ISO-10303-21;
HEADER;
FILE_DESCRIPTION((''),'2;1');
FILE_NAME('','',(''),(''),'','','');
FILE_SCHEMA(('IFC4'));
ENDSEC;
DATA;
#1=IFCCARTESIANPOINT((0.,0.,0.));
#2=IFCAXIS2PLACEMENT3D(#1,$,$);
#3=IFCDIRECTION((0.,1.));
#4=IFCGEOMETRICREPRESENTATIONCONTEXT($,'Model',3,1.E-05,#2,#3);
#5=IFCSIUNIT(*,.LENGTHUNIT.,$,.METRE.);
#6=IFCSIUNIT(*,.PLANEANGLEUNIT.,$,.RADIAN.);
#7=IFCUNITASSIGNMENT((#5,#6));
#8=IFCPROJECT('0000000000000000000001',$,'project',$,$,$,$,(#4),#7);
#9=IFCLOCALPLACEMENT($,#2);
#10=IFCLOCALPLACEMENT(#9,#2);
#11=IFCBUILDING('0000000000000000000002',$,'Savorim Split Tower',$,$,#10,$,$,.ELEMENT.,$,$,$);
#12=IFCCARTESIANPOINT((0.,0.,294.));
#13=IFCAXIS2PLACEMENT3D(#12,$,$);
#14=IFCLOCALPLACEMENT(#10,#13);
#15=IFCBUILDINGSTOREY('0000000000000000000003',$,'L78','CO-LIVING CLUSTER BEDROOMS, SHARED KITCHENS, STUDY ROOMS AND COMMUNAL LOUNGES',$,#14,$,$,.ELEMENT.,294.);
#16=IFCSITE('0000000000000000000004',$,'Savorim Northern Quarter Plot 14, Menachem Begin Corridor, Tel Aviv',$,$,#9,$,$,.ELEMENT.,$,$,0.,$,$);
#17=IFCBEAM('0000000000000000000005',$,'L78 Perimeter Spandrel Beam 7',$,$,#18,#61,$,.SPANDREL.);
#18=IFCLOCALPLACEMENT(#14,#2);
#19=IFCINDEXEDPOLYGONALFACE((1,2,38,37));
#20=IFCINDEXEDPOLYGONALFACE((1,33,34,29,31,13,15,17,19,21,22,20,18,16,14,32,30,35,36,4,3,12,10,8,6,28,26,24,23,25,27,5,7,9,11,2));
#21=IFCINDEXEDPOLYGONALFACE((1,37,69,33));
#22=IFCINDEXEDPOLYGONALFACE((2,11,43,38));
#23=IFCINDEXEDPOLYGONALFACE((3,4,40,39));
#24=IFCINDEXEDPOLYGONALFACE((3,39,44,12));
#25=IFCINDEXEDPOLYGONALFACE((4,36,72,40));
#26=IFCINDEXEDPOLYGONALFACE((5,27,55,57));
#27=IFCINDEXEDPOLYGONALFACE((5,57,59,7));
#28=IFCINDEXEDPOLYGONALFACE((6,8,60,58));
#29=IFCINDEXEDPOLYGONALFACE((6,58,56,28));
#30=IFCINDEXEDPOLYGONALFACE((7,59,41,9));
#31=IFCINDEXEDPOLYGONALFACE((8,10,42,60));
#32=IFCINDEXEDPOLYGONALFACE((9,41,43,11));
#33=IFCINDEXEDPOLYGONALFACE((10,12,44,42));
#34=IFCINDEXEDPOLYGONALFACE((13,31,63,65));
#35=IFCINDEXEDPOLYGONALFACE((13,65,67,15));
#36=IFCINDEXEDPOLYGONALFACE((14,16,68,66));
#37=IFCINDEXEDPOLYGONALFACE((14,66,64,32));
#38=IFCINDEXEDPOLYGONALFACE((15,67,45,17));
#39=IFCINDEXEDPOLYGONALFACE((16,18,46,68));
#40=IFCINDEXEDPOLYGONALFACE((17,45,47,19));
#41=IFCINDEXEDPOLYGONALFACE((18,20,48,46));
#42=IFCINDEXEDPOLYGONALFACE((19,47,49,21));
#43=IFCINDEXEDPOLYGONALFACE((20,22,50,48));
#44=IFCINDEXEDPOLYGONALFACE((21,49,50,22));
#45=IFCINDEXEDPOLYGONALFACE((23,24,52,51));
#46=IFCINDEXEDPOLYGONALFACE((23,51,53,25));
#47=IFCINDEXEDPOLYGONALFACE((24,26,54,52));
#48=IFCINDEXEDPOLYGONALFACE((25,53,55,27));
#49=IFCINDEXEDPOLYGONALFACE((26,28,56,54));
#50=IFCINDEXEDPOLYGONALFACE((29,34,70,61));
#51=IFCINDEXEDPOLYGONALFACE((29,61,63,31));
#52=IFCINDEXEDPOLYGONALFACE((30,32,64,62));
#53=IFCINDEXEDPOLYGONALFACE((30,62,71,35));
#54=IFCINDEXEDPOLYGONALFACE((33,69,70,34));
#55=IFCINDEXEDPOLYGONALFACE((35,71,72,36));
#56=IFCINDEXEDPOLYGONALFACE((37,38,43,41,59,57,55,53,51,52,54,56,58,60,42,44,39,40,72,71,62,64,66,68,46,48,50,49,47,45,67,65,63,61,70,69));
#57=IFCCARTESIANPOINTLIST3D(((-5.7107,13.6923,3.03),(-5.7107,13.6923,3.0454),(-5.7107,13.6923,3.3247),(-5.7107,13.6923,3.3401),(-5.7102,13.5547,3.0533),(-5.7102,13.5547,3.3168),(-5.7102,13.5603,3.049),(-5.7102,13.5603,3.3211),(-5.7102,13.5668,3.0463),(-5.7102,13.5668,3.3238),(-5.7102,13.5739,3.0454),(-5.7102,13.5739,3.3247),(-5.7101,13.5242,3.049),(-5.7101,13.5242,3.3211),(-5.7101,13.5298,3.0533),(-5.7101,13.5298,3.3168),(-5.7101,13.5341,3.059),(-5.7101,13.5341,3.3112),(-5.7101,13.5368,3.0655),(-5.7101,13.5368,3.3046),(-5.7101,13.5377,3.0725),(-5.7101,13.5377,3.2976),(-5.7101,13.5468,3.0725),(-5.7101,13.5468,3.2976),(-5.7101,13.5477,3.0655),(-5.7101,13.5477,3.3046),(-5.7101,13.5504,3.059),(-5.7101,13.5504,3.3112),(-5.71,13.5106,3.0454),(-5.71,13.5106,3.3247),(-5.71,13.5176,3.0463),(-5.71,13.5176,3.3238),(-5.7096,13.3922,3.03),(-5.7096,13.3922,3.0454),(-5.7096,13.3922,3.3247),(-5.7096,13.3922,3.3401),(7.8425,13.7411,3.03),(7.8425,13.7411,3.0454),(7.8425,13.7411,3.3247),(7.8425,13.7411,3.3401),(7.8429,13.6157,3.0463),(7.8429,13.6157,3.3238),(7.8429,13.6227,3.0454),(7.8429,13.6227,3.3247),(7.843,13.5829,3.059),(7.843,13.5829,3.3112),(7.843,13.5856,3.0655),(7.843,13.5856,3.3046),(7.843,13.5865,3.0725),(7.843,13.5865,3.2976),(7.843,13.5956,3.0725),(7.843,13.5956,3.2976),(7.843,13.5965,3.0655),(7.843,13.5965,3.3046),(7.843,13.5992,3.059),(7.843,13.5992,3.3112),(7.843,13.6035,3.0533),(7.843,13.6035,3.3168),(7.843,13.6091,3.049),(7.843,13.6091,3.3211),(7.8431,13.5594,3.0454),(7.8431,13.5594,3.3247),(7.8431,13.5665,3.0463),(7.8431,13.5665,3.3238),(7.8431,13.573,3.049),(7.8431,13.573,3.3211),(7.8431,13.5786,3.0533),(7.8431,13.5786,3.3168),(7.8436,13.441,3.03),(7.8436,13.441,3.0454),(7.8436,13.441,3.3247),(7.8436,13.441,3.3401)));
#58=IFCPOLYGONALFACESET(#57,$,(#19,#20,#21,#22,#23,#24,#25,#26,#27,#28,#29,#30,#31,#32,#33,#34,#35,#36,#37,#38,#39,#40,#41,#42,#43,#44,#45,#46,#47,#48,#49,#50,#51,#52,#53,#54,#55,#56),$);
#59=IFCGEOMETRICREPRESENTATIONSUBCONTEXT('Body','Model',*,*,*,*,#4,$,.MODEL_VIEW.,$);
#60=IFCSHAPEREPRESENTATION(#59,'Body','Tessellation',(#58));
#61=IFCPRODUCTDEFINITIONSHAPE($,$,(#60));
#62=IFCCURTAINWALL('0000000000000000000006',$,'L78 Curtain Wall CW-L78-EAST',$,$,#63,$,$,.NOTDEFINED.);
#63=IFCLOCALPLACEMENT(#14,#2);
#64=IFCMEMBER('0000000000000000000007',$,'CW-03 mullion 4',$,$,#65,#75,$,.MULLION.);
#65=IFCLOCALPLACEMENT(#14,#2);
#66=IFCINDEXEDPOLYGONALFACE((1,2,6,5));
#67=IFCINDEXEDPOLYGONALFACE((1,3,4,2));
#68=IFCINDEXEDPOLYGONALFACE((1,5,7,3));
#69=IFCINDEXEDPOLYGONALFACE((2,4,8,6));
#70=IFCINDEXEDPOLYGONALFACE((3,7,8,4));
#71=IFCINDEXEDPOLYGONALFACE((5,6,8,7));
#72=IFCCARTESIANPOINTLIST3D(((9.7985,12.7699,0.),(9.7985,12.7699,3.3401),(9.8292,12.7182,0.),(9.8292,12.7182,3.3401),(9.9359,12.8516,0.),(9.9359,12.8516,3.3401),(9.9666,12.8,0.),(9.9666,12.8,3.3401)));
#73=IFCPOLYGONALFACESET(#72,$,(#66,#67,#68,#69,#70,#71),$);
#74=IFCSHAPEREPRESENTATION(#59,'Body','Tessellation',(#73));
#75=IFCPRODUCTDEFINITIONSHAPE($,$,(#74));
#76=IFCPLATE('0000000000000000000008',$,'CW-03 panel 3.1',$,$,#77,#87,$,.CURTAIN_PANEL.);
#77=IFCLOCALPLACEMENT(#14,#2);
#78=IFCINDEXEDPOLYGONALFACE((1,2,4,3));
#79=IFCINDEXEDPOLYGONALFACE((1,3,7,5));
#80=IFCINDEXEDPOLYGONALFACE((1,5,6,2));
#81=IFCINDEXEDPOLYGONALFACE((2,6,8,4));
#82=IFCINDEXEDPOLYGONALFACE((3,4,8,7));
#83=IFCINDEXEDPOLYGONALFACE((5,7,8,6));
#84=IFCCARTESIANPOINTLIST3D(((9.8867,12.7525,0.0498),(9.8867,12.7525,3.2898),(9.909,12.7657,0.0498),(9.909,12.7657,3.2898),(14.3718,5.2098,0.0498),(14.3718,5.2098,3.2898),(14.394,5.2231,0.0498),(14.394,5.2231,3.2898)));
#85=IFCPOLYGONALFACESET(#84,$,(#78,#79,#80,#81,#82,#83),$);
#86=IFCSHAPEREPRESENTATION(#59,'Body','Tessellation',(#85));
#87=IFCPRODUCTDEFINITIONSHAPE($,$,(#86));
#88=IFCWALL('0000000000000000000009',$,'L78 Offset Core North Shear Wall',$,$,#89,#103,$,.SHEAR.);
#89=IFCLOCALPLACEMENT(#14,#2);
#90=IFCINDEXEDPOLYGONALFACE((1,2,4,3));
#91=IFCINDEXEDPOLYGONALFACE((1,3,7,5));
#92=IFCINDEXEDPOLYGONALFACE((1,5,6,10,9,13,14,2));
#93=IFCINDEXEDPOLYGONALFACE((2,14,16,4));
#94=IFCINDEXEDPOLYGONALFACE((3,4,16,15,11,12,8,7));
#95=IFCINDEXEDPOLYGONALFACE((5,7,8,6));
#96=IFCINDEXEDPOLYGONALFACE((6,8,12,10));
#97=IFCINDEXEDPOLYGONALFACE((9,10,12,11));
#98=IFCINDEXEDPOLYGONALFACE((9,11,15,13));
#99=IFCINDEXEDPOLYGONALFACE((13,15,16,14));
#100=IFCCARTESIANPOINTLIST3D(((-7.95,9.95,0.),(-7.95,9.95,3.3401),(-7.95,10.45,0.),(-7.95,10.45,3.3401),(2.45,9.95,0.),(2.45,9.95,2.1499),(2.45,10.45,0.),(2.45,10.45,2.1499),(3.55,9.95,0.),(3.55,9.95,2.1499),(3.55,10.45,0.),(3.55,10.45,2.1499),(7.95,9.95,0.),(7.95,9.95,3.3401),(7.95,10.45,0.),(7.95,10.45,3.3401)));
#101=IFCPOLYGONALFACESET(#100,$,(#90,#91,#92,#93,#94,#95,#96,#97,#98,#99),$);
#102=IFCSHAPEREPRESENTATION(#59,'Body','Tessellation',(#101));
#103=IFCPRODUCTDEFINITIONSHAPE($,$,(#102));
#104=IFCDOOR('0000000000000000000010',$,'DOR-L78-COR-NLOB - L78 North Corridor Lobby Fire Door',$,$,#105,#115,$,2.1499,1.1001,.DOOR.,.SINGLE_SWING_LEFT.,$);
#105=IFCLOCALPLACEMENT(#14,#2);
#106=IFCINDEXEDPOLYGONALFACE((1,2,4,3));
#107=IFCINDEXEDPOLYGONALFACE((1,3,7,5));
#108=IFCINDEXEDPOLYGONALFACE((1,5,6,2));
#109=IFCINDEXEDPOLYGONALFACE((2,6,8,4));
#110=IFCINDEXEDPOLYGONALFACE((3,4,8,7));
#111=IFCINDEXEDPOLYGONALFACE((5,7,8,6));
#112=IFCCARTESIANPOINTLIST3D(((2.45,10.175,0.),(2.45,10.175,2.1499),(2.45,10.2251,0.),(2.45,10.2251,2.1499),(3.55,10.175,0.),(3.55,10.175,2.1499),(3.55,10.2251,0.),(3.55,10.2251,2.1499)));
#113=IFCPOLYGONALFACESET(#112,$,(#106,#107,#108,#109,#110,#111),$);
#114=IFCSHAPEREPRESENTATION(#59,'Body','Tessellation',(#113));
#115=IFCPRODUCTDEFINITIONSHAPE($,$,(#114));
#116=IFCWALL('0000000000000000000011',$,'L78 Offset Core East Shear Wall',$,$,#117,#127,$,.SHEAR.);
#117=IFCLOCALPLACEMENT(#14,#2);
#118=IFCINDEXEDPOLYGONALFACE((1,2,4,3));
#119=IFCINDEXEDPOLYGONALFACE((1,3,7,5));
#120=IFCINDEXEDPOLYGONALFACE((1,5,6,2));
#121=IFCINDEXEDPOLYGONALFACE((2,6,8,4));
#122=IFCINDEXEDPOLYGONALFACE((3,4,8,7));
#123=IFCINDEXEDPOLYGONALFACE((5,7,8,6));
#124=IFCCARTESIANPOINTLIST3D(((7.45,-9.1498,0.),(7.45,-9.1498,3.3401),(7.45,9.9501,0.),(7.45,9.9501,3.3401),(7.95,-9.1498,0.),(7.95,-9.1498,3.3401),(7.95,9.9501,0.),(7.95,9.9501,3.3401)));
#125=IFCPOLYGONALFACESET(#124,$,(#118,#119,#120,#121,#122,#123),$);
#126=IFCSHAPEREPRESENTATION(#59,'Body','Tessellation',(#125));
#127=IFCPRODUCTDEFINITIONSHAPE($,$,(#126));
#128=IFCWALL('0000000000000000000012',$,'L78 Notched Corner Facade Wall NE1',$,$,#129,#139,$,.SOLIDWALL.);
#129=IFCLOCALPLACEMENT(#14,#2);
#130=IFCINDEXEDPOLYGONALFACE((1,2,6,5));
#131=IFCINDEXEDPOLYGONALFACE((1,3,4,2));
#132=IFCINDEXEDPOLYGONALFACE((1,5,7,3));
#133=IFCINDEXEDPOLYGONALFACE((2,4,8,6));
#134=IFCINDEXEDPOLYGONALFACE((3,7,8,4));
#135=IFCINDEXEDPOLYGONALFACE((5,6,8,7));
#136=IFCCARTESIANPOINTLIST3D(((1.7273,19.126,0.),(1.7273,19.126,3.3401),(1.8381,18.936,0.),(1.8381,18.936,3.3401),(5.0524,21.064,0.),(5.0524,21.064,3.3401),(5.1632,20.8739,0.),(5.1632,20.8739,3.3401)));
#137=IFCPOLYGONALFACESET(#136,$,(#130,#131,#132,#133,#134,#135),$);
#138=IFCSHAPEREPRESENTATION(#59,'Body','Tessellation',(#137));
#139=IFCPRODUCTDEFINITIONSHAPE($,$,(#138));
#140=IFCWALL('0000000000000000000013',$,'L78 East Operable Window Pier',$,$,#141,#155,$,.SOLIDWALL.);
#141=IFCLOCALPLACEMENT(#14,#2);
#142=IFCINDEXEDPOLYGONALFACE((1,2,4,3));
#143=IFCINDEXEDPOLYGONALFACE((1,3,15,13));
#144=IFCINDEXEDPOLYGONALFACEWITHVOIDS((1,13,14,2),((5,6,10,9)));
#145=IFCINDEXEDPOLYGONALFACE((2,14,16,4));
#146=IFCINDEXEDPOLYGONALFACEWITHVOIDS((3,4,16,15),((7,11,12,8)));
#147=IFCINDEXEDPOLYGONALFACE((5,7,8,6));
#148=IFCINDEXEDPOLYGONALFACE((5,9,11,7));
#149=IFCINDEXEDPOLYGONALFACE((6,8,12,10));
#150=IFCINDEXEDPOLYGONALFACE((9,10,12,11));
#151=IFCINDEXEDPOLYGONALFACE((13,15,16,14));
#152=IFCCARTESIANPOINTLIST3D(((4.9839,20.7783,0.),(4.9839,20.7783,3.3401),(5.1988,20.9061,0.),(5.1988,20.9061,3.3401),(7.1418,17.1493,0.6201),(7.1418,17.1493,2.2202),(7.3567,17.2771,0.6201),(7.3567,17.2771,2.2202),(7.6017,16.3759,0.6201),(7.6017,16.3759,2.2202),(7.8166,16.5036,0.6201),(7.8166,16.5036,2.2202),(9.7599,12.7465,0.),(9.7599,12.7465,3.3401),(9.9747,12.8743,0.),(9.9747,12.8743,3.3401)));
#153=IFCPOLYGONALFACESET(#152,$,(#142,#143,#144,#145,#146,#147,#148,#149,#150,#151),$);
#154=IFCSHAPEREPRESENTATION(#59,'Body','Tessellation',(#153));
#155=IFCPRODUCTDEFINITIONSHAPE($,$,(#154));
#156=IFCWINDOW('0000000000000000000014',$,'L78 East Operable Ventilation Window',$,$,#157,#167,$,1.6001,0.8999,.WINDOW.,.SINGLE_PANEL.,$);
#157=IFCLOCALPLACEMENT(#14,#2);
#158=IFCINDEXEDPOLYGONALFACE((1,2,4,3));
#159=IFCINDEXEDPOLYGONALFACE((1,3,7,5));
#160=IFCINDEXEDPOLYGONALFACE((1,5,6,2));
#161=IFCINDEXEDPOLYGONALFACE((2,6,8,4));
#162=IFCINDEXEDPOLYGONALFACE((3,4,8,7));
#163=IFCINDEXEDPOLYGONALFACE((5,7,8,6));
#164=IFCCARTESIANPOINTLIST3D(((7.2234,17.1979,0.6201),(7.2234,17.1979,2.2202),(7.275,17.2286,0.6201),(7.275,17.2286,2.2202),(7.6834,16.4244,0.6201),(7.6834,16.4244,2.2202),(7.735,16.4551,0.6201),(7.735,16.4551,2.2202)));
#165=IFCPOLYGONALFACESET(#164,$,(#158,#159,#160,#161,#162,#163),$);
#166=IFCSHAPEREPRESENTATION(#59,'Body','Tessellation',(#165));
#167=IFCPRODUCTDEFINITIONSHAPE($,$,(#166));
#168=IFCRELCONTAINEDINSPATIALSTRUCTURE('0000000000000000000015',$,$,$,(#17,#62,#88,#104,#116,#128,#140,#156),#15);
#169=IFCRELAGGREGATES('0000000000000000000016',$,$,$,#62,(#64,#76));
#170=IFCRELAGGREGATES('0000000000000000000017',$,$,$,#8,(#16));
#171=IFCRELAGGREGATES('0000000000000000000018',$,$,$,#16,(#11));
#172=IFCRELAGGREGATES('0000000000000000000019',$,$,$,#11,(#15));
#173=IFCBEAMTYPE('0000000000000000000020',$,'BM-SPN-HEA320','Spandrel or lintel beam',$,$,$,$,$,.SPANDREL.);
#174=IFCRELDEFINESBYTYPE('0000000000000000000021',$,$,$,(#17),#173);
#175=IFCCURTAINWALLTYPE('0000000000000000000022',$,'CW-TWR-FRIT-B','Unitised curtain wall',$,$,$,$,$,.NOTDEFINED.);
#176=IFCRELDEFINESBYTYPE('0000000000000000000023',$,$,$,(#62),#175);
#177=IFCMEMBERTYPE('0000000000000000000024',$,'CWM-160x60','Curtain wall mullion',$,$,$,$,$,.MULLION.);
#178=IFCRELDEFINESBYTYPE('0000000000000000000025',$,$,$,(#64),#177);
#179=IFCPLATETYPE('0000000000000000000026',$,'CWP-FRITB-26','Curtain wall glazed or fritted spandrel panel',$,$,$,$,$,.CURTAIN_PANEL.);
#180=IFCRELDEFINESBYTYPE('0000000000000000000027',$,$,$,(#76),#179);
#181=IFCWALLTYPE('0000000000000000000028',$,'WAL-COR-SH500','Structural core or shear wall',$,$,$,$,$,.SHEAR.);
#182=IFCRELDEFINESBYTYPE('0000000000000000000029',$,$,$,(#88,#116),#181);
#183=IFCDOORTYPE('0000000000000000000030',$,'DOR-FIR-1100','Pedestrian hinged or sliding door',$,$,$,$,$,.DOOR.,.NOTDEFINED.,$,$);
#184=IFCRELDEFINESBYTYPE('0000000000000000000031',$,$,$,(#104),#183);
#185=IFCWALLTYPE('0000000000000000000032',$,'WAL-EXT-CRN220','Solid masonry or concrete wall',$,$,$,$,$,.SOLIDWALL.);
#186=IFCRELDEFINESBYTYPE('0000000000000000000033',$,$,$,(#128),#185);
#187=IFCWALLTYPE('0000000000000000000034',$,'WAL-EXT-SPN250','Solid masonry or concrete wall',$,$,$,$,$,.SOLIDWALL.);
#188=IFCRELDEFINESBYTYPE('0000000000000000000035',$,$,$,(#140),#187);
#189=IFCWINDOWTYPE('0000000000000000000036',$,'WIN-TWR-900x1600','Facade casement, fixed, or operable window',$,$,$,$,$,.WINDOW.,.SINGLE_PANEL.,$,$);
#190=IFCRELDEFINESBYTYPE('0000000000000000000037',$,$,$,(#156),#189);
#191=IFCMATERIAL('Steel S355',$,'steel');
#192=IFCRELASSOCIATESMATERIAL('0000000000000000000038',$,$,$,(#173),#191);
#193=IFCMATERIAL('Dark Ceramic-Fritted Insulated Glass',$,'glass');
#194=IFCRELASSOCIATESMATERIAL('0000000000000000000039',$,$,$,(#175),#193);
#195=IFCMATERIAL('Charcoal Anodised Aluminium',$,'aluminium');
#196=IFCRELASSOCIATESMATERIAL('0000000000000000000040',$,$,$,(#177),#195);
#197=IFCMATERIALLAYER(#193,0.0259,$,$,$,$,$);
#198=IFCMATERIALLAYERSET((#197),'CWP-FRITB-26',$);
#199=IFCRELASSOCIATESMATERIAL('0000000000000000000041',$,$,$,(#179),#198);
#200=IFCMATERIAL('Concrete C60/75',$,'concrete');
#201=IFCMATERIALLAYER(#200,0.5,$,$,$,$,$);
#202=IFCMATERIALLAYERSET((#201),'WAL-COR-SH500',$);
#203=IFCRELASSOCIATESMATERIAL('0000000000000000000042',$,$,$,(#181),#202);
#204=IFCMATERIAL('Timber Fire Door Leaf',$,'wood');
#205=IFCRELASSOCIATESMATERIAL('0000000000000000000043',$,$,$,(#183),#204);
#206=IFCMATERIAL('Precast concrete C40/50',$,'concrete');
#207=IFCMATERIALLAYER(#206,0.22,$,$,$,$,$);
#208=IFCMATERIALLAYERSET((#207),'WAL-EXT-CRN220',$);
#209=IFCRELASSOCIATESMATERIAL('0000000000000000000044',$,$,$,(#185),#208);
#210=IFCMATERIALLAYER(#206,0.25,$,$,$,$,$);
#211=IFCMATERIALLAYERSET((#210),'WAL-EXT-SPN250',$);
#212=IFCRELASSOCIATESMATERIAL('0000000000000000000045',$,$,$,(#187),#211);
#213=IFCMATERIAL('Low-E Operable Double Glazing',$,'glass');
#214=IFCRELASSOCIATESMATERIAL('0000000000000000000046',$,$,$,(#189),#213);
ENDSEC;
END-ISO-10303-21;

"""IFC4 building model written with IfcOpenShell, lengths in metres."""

from ifc_helpers import new_model, si_unit, direction, frame, frame_2d, origin, origin_2d, place, context, subcontext, project, spatial, rectangle, i_section, extrude, material, layer, layer_set, material_profile, profile_set, type_object, element, fill, aggregate, save


model = new_model("IFC4")

# Units and contexts
model_context = context("Model", 3, precision=1e-05, world=origin(), true_north=direction((0.0, 1.0)))
body_context = subcontext(model_context, "Body", "Model", "MODEL_VIEW")
ifc_project = project(units=[si_unit("LENGTHUNIT", "METRE"), si_unit("PLANEANGLEUNIT", "RADIAN")], contexts=[model_context])

# Site, building, storey
site_placement = place(None, origin())
site = spatial("IfcSite", under=ifc_project, at=site_placement, Name="Savorim Northern Quarter Plot 14, Menachem Begin Corridor, Tel Aviv", CompositionType="ELEMENT", RefElevation=0.0)
building_placement = place(site_placement, origin())
building = spatial("IfcBuilding", under=site, at=building_placement, Name="Savorim Split Tower", CompositionType="ELEMENT")
storey_placement = place(building_placement, frame((0.0, 0.0, 294.0)))
storey = spatial("IfcBuildingStorey", under=building, at=storey_placement, Name="L78", Description="CO-LIVING CLUSTER BEDROOMS, SHARED KITCHENS, STUDY ROOMS AND COMMUNAL LOUNGES", CompositionType="ELEMENT", Elevation=294.0)

# Shared definitions
ifc_material_1 = material(Name="Steel S355", Category="steel")

# Beam
ifc_material_profile_1 = material_profile(ifc_material_1, i_section(OverallWidth=0.3, OverallDepth=0.3101, WebThickness=0.009, FlangeThickness=0.0154, FilletRadius=0.0271, at=origin_2d()), Name="HEA 320")
ifc_profile_set_1 = profile_set([ifc_material_profile_1], Name="Steel S355")
beam_type_1 = type_object("IfcBeamType", Name="BM-SPN-HEA320", Description="Spandrel or lintel beam", PredefinedType="SPANDREL", material=ifc_profile_set_1)
beam_1_placement = place(storey_placement, frame((7.843, 13.5911, 3.1851), z_axis=(-0.999994, -0.003603, 0.0), x_axis=(0.003603, -0.999994, 0.0)))
element("IfcBeam", 1, at=beam_1_placement, inside=storey, type_object=beam_type_1, Name="L78 Perimeter Spandrel Beam 7", PredefinedType="SPANDREL", context=body_context, shape_type="SweptSolid", body=[
    extrude(i_section(OverallWidth=0.3, OverallDepth=0.3101, WebThickness=0.009, FlangeThickness=0.0154, FilletRadius=0.0271, at=origin_2d()), origin(), (0.0, 0.0, 1.0), 13.5532),
])

# Curtain wall, member, plate
ifc_material_2 = material(Name="Dark Ceramic-Fritted Insulated Glass", Category="glass")
curtain_wall_type = type_object("IfcCurtainWallType", Name="CW-TWR-FRIT-B", Description="Unitised curtain wall", PredefinedType="NOTDEFINED", material=ifc_material_2)
curtain_wall_placement = place(storey_placement, origin())
curtain_wall = element("IfcCurtainWall", 2, at=curtain_wall_placement, inside=storey, type_object=curtain_wall_type, Name="L78 Curtain Wall CW-L78-EAST", PredefinedType="NOTDEFINED")
ifc_material_3 = material(Name="Charcoal Anodised Aluminium", Category="aluminium")
ifc_material_profile_2 = material_profile(ifc_material_3, rectangle(XDim=0.1599, YDim=0.0601, at=origin_2d()), Name="ALU-M 160x60")
ifc_profile_set_2 = profile_set([ifc_material_profile_2], Name="Charcoal Anodised Aluminium")
member_type = type_object("IfcMemberType", Name="CWM-160x60", Description="Curtain wall mullion", PredefinedType="MULLION", material=ifc_profile_set_2)
member_placement = place(storey_placement, frame((9.8826, 12.7849, 0.0), z_axis=(0.0, 0.0, 1.0), x_axis=(-0.859526, -0.511092, 0.0)))
member = element("IfcMember", 3, at=member_placement, type_object=member_type, Name="CW-03 mullion 4", PredefinedType="MULLION", context=body_context, shape_type="SweptSolid", body=[
    extrude(rectangle(XDim=0.1599, YDim=0.0601, at=origin_2d()), origin(), (0.0, 0.0, 1.0), 3.3401),
])
ifc_layer_1 = layer(ifc_material_2, 0.0259)
ifc_layer_set_1 = layer_set([ifc_layer_1], Name="CWP-FRITB-26")
plate_type = type_object("IfcPlateType", Name="CWP-FRITB-26", Description="Curtain wall glazed or fritted spandrel panel", PredefinedType="CURTAIN_PANEL", material=ifc_layer_set_1)
plate_placement = place(storey_placement, frame((12.1404, 8.9878, 0.0498), z_axis=(0.0, 0.0, 1.0), x_axis=(-0.511092, 0.859526, 0.0)))
plate = element("IfcPlate", 4, at=plate_placement, type_object=plate_type, Name="CW-03 panel 3.1", PredefinedType="CURTAIN_PANEL", context=body_context, shape_type="SweptSolid", body=[
    extrude(rectangle(XDim=8.7754, YDim=0.0259, at=origin_2d()), origin(), (0.0, 0.0, 1.0), 3.24),
])
aggregate(curtain_wall, [member, plate])

# Wall, opening, door
ifc_material_4 = material(Name="Concrete C60/75", Category="concrete")
ifc_layer_2 = layer(ifc_material_4, 0.5)
ifc_layer_set_2 = layer_set([ifc_layer_2], Name="WAL-COR-SH500")
wall_type_1 = type_object("IfcWallType", Name="WAL-COR-SH500", Description="Structural core or shear wall", PredefinedType="SHEAR", material=ifc_layer_set_2)
wall_1_placement = place(storey_placement, frame((7.95, 10.2, 0.0), z_axis=(0.0, 0.0, 1.0), x_axis=(-1.0, 0.0, 0.0)))
wall_1 = element("IfcWall", 5, at=wall_1_placement, inside=storey, type_object=wall_type_1, Name="L78 Offset Core North Shear Wall", PredefinedType="SHEAR", context=body_context, shape_type="SweptSolid", body=[
    extrude(rectangle(XDim=15.8999, YDim=0.5, at=frame_2d((7.95, 0.0))), origin(), (0.0, 0.0, 1.0), 3.3401),
])
opening_1_placement = place(wall_1_placement, frame((4.3999, 0.0, 0.0)))
opening_1 = element("IfcOpeningElement", 6, at=opening_1_placement, cuts=wall_1, PredefinedType="OPENING", context=body_context, shape_type="SweptSolid", body=[
    extrude(rectangle(XDim=1.1001, YDim=2.1499, at=frame_2d((0.55, 1.075))), frame((0.0, 0.26, 0.0), z_axis=(0.0, -1.0, 0.0), x_axis=(1.0, 0.0, 0.0)), (0.0, 0.0, 1.0), 0.52),
])
ifc_material_5 = material(Name="Timber Fire Door Leaf", Category="wood")
door_type_1 = type_object("IfcDoorType", Name="DOR-FIR-1100", Description="Pedestrian hinged or sliding door", OperationType="NOTDEFINED", PredefinedType="DOOR", material=ifc_material_5)
door_1_placement = place(opening_1_placement, origin())
door_1 = element("IfcDoor", 7, at=door_1_placement, inside=storey, type_object=door_type_1, Name="DOR-L78-COR-NLOB - L78 North Corridor Lobby Fire Door", OperationType="SINGLE_SWING_LEFT", OverallHeight=2.1499, OverallWidth=1.1001, PredefinedType="DOOR", context=body_context, shape_type="SweptSolid", body=[
    extrude(rectangle(XDim=1.1001, YDim=2.1499, at=frame_2d((0.55, 1.075))), frame((0.0, 0.0249, 0.0), z_axis=(0.0, -1.0, 0.0), x_axis=(1.0, 0.0, 0.0)), (0.0, 0.0, 1.0), 0.05),
])
fill(opening_1, door_1)

# Walls
wall_2_placement = place(storey_placement, frame((7.7, 9.95, 0.0), z_axis=(0.0, 0.0, 1.0), x_axis=(0.0, -1.0, 0.0)))
element("IfcWall", 8, at=wall_2_placement, inside=storey, type_object=wall_type_1, Name="L78 Offset Core East Shear Wall", PredefinedType="SHEAR", context=body_context, shape_type="SweptSolid", body=[
    extrude(rectangle(XDim=19.0999, YDim=0.5, at=frame_2d((9.5498, 0.0))), origin(), (0.0, 0.0, 1.0), 3.3401),
])
ifc_material_6 = material(Name="Precast concrete C40/50", Category="concrete")
ifc_layer_3 = layer(ifc_material_6, 0.22)
ifc_layer_set_3 = layer_set([ifc_layer_3], Name="WAL-EXT-CRN220")
wall_type_2 = type_object("IfcWallType", Name="WAL-EXT-CRN220", Description="Solid masonry or concrete wall", PredefinedType="SOLIDWALL", material=ifc_layer_set_3)
wall_3_placement = place(storey_placement, frame((1.7827, 19.031, 0.0), z_axis=(0.0, 0.0, 1.0), x_axis=(0.863972, 0.50354, 0.0)))
element("IfcWall", 9, at=wall_3_placement, inside=storey, type_object=wall_type_2, Name="L78 Notched Corner Facade Wall NE1", PredefinedType="SOLIDWALL", context=body_context, shape_type="SweptSolid", body=[
    extrude(rectangle(XDim=3.8486, YDim=0.22, at=frame_2d((1.9243, 0.0))), origin(), (0.0, 0.0, 1.0), 3.3401),
])

# Wall, opening, window
ifc_layer_4 = layer(ifc_material_6, 0.25)
ifc_layer_set_4 = layer_set([ifc_layer_4], Name="WAL-EXT-SPN250")
wall_type_3 = type_object("IfcWallType", Name="WAL-EXT-SPN250", Description="Solid masonry or concrete wall", PredefinedType="SOLIDWALL", material=ifc_layer_set_4)
wall_4_placement = place(storey_placement, frame((5.0913, 20.8423, 0.0), z_axis=(0.0, 0.0, 1.0), x_axis=(0.511095, -0.859524, 0.0)))
wall_4 = element("IfcWall", 10, at=wall_4_placement, inside=storey, type_object=wall_type_3, Name="L78 East Operable Window Pier", PredefinedType="SOLIDWALL", context=body_context, shape_type="SweptSolid", body=[
    extrude(rectangle(XDim=9.3445, YDim=0.25, at=frame_2d((4.6724, 0.0))), origin(), (0.0, 0.0, 1.0), 3.3401),
])
opening_2_placement = place(wall_4_placement, frame((4.2222, 0.0, 0.6201)))
opening_2 = element("IfcOpeningElement", 11, at=opening_2_placement, cuts=wall_4, PredefinedType="OPENING", context=body_context, shape_type="SweptSolid", body=[
    extrude(rectangle(XDim=0.8999, YDim=1.6001, at=frame_2d((0.45, 0.8))), frame((0.0, 0.135, 0.0), z_axis=(0.0, -1.0, 0.0), x_axis=(1.0, 0.0, 0.0)), (0.0, 0.0, 1.0), 0.27),
])
ifc_material_7 = material(Name="Low-E Operable Double Glazing", Category="glass")
window_type = type_object("IfcWindowType", Name="WIN-TWR-900x1600", Description="Facade casement, fixed, or operable window", PartitioningType="SINGLE_PANEL", PredefinedType="WINDOW", material=ifc_material_7)
window_placement = place(opening_2_placement, origin())
window = element("IfcWindow", 12, at=window_placement, inside=storey, type_object=window_type, Name="L78 East Operable Ventilation Window", OverallHeight=1.6001, OverallWidth=0.8999, PartitioningType="SINGLE_PANEL", PredefinedType="WINDOW", context=body_context, shape_type="SweptSolid", body=[
    extrude(rectangle(XDim=0.8999, YDim=1.6001, at=frame_2d((0.45, 0.8))), frame((0.0, 0.03, 0.0), z_axis=(0.0, -1.0, 0.0), x_axis=(1.0, 0.0, 0.0)), (0.0, 0.0, 1.0), 0.0601),
])
fill(opening_2, window)

save(model, "model.ifc")
